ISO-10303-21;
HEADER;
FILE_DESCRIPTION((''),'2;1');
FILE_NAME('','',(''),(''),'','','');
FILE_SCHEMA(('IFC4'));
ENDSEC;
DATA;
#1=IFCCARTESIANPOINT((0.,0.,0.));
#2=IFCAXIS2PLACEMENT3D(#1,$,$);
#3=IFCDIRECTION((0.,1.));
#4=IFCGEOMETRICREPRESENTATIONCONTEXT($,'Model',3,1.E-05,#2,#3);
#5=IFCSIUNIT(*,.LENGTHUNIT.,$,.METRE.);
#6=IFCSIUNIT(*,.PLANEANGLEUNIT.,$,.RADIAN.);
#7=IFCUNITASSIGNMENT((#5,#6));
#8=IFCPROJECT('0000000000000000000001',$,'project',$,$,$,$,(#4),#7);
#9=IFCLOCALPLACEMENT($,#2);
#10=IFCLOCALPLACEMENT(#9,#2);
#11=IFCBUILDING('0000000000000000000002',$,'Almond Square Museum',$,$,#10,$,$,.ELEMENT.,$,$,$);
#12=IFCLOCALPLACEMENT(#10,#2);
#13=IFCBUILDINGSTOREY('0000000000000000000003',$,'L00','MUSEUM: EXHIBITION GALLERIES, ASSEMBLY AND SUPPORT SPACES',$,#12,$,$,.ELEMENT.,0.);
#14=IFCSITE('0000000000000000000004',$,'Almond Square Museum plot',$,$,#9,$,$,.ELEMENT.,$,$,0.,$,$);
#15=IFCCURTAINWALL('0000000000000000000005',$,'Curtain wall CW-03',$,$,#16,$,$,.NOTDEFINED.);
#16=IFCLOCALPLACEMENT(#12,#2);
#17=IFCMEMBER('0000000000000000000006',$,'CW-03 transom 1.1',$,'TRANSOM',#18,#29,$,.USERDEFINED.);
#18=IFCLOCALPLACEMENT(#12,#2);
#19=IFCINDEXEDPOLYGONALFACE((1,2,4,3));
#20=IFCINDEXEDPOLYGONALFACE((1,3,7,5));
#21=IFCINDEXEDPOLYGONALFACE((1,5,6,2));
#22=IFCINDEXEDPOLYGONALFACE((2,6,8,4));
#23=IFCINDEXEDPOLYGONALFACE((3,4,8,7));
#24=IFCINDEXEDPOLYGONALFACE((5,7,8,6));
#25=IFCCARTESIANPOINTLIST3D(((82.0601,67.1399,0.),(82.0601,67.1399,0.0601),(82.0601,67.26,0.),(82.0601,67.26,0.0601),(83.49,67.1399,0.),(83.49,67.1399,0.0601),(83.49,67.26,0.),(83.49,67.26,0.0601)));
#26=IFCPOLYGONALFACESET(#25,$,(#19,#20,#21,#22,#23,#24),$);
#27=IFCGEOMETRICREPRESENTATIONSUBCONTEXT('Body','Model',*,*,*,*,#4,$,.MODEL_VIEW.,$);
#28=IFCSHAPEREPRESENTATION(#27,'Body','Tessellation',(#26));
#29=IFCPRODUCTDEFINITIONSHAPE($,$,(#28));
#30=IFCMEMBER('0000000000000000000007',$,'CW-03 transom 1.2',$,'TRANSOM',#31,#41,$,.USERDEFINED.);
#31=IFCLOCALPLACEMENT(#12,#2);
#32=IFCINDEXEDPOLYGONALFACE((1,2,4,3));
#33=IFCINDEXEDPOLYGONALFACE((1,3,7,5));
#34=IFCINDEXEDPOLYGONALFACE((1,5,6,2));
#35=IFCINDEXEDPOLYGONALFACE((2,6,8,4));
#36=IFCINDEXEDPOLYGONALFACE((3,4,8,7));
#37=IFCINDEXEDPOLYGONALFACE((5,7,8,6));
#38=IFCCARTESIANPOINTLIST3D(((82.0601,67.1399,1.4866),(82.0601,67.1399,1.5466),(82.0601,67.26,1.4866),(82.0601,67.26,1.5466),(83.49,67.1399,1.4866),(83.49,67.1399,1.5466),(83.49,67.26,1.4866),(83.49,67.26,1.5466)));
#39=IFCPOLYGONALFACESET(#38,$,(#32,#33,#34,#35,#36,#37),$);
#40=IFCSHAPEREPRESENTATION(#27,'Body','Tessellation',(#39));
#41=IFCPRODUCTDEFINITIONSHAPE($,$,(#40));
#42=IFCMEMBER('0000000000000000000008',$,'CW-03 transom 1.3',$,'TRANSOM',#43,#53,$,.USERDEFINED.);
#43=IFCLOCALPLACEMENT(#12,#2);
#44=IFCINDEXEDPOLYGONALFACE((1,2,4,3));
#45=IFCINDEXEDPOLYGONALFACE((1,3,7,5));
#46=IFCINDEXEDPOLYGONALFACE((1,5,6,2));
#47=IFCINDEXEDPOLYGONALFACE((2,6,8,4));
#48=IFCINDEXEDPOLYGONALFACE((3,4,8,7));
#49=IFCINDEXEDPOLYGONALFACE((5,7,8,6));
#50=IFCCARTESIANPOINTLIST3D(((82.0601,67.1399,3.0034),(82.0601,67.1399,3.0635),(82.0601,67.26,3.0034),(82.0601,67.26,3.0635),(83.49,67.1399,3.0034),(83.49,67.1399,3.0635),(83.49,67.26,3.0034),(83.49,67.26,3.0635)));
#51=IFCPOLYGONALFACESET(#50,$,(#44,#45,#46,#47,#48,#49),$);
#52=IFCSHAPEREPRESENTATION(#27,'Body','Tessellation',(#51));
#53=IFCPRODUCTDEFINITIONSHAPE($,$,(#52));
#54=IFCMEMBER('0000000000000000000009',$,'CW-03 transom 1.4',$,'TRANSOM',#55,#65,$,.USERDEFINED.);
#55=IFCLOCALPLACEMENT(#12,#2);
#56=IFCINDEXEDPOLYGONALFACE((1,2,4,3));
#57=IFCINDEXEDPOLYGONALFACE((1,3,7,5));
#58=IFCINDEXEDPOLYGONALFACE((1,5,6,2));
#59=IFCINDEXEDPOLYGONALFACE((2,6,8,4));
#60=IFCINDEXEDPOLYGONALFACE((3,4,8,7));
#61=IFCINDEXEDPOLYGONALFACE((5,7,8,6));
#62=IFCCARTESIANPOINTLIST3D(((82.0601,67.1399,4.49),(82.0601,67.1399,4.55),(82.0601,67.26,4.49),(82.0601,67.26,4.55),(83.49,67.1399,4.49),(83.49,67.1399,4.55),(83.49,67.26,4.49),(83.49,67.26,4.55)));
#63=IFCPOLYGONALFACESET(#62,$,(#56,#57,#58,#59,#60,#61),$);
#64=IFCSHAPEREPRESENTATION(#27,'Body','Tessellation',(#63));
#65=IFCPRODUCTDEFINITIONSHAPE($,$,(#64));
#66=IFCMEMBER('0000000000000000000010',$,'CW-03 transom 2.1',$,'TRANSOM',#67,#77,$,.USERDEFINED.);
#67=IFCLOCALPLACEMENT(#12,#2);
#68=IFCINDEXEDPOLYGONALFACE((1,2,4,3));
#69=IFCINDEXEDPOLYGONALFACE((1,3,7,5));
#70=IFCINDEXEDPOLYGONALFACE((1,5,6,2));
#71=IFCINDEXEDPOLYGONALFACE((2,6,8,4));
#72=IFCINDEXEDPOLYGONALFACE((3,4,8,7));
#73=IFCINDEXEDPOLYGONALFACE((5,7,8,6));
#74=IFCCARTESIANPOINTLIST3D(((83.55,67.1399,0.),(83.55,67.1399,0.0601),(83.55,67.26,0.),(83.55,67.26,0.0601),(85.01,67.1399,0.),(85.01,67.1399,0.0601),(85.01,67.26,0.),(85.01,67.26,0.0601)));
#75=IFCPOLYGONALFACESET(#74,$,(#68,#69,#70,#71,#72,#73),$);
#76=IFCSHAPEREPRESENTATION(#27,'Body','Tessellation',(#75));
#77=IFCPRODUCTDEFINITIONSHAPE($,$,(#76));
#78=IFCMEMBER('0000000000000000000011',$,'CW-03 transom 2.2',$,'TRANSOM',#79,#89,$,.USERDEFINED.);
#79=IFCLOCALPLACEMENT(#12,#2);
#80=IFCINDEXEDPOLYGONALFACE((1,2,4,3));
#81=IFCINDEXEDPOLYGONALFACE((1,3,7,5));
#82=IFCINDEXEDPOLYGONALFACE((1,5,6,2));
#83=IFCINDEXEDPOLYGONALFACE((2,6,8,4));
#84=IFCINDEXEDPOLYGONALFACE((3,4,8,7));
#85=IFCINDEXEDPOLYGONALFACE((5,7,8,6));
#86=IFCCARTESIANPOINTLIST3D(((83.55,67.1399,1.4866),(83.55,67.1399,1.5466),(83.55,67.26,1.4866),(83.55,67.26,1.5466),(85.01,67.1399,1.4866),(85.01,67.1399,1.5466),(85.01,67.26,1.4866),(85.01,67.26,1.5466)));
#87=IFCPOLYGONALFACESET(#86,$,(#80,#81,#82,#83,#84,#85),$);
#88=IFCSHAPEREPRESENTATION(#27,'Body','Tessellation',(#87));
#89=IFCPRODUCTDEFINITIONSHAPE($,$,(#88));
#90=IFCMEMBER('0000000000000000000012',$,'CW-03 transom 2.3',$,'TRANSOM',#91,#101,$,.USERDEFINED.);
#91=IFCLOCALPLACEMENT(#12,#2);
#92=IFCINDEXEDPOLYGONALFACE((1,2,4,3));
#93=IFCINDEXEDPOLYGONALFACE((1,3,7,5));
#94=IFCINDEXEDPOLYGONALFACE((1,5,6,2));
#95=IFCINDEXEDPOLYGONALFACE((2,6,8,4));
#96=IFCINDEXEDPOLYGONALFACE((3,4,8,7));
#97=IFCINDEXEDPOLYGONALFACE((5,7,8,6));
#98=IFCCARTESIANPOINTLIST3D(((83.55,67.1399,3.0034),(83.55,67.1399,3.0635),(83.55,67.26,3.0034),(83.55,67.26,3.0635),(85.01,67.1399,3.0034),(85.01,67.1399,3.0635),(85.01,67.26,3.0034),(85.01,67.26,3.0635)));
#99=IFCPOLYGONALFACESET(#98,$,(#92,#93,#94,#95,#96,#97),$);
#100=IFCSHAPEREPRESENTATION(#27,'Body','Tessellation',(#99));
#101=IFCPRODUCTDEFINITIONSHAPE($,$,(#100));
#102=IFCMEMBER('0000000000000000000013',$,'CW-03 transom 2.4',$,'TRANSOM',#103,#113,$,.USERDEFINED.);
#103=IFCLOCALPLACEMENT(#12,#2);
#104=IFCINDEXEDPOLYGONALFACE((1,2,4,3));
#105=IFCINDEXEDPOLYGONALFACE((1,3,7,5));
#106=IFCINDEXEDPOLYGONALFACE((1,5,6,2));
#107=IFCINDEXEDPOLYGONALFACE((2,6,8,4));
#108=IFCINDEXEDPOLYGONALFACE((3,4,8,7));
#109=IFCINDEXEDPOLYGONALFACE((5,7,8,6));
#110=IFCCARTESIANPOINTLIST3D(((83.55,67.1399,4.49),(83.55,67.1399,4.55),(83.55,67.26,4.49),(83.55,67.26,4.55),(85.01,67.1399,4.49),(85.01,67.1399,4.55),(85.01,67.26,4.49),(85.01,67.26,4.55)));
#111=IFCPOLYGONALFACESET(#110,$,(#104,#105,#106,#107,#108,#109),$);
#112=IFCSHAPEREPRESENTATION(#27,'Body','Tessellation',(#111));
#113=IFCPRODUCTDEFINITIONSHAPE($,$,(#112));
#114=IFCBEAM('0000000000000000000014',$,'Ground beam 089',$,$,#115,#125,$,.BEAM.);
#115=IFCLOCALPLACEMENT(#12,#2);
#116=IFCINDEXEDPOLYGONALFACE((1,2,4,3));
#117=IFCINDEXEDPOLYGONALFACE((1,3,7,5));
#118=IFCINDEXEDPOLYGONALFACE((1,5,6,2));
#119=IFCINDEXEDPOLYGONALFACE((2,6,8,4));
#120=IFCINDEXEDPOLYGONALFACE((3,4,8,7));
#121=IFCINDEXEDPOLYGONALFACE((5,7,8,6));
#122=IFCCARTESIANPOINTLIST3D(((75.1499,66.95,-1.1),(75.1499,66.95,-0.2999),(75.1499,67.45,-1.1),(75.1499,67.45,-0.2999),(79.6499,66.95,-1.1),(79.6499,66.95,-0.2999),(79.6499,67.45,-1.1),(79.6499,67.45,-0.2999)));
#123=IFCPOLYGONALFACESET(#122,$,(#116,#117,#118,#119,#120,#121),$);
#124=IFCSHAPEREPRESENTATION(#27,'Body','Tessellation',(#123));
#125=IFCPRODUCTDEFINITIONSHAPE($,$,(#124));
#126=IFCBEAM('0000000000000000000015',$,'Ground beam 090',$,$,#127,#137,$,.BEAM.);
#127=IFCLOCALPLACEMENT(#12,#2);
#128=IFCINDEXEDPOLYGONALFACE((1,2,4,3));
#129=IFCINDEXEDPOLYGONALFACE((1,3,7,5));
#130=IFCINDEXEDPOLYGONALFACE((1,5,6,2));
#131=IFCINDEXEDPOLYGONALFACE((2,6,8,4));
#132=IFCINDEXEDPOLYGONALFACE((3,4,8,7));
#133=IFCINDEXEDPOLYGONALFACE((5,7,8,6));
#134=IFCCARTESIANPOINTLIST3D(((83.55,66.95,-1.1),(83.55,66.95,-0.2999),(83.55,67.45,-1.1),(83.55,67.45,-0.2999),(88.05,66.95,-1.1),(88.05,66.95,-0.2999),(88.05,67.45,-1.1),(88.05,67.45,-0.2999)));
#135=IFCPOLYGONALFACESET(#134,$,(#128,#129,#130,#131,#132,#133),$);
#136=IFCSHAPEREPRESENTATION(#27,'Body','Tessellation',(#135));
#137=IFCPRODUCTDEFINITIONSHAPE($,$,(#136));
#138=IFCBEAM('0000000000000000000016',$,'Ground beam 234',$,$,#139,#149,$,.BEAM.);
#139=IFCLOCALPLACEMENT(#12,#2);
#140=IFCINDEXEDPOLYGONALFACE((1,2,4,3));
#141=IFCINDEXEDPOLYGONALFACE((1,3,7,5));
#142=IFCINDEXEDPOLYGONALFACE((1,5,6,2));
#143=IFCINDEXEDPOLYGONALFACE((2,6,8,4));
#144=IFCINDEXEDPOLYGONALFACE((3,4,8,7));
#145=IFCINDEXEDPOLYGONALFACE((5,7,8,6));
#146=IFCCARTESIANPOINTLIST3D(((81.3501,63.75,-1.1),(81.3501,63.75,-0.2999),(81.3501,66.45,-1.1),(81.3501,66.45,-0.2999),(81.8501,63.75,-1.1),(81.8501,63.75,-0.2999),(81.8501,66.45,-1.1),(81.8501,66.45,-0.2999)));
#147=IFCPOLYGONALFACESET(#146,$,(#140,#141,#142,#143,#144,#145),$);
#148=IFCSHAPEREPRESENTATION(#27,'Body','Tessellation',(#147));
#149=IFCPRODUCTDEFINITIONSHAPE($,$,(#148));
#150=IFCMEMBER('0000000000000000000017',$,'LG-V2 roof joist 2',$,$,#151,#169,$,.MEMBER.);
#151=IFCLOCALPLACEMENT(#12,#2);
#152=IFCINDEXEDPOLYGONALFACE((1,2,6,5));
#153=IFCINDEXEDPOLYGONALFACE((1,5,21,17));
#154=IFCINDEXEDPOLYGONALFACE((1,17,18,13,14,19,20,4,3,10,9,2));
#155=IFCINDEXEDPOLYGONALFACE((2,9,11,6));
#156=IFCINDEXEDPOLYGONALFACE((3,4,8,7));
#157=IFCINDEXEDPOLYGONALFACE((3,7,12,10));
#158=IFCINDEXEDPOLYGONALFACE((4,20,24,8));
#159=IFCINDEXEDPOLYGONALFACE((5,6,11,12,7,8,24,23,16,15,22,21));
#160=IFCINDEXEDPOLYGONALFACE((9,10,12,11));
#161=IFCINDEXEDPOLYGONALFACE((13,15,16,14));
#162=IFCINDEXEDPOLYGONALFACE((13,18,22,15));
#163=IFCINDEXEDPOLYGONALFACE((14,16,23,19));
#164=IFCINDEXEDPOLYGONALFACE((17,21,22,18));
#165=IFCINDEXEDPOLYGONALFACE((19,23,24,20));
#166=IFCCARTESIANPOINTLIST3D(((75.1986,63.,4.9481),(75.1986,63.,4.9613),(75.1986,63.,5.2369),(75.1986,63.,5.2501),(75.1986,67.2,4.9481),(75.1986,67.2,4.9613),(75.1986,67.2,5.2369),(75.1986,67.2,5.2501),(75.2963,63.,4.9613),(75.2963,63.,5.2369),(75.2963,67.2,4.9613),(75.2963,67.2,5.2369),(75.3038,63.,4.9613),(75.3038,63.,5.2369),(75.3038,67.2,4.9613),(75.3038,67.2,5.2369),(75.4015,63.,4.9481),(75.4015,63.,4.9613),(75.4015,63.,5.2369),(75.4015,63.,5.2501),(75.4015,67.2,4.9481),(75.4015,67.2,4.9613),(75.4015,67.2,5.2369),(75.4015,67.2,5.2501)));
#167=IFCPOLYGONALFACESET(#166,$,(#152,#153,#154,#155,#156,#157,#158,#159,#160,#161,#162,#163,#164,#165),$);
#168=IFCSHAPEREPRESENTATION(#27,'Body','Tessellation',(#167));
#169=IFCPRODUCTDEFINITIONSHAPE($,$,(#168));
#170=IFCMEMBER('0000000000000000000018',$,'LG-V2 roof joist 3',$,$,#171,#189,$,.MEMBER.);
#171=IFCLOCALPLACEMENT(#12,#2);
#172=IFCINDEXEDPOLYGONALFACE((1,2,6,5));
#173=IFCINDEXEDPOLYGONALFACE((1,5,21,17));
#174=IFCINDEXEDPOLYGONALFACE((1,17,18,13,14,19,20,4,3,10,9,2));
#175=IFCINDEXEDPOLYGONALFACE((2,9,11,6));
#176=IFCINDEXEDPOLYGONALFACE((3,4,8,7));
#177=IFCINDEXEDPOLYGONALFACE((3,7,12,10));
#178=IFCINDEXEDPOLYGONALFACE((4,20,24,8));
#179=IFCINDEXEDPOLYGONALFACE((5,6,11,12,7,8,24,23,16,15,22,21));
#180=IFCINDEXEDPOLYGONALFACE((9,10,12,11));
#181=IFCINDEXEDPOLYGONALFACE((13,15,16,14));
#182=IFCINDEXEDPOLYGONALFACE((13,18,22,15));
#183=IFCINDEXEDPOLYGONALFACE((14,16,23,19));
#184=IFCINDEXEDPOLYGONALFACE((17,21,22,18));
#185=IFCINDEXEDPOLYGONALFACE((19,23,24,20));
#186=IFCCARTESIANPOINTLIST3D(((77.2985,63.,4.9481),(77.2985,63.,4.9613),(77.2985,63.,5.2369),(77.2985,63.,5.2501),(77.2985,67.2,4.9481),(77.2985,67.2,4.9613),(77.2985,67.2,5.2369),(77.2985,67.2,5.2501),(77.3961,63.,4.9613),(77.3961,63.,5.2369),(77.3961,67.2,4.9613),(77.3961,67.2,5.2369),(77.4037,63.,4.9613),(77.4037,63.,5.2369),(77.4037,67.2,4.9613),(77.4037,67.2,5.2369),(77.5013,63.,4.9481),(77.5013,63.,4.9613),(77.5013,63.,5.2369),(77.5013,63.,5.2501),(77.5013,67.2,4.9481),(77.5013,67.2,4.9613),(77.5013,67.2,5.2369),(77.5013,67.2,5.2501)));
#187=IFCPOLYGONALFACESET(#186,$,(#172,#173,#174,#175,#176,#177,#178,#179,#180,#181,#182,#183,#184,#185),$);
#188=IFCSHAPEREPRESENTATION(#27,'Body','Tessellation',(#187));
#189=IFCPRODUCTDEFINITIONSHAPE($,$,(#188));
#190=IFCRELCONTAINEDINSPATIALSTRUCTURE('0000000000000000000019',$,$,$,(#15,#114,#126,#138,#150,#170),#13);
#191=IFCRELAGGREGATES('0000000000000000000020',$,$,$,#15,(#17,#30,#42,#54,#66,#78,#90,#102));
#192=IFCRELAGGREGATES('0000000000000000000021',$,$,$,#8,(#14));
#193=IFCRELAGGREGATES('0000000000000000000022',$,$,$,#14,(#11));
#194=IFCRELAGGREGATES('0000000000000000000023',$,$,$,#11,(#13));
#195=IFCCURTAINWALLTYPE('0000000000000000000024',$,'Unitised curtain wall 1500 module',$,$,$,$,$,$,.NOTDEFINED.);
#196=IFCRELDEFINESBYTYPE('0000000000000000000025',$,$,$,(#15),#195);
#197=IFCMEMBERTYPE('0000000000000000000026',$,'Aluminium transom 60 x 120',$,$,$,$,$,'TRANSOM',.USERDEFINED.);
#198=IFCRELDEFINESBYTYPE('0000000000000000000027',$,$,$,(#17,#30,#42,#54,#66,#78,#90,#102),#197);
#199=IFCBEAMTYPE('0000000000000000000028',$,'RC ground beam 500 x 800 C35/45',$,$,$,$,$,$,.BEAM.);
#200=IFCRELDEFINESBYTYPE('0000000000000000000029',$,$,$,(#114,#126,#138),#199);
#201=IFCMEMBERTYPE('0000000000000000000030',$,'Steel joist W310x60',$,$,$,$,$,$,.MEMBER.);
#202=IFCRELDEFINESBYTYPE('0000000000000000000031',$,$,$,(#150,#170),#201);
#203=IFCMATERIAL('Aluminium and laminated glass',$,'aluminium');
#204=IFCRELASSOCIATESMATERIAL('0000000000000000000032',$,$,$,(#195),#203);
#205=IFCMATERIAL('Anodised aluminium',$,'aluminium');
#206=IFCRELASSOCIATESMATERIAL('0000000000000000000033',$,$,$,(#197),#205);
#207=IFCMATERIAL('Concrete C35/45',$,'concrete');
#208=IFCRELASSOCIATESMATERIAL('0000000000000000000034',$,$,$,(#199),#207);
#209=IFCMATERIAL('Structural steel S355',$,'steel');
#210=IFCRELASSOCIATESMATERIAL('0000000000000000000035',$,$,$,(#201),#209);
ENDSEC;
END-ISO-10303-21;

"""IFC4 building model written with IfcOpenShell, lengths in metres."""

from ifc_helpers import new_model, si_unit, direction, frame, origin, origin_2d, place, context, subcontext, project, spatial, rectangle, i_section, extrude, material, material_profile, profile_set, type_object, element, aggregate, save


model = new_model("IFC4")

# Units and contexts
model_context = context("Model", 3, precision=1e-05, world=origin(), true_north=direction((0.0, 1.0)))
body_context = subcontext(model_context, "Body", "Model", "MODEL_VIEW")
ifc_project = project(units=[si_unit("LENGTHUNIT", "METRE"), si_unit("PLANEANGLEUNIT", "RADIAN")], contexts=[model_context])

# Site, building, storey
site_placement = place(None, origin())
site = spatial("IfcSite", under=ifc_project, at=site_placement, Name="Almond Square Museum plot", CompositionType="ELEMENT", RefElevation=0.0)
building_placement = place(site_placement, origin())
building = spatial("IfcBuilding", under=site, at=building_placement, Name="Almond Square Museum", CompositionType="ELEMENT")
storey_placement = place(building_placement, origin())
storey = spatial("IfcBuildingStorey", under=building, at=storey_placement, Name="L00", Description="MUSEUM: EXHIBITION GALLERIES, ASSEMBLY AND SUPPORT SPACES", CompositionType="ELEMENT", Elevation=0.0)

# Curtain wall, members
ifc_material_1 = material(Name="Aluminium and laminated glass", Category="aluminium")
curtain_wall_type = type_object("IfcCurtainWallType", Name="Unitised curtain wall 1500 module", PredefinedType="NOTDEFINED", material=ifc_material_1)
curtain_wall_placement = place(storey_placement, origin())
curtain_wall = element("IfcCurtainWall", 1, at=curtain_wall_placement, inside=storey, type_object=curtain_wall_type, Name="Curtain wall CW-03", PredefinedType="NOTDEFINED")
ifc_material_2 = material(Name="Anodised aluminium", Category="aluminium")
ifc_material_profile_1 = material_profile(ifc_material_2, rectangle(XDim=0.1201, YDim=0.0601, at=origin_2d()))
ifc_profile_set_1 = profile_set([ifc_material_profile_1], Name="Anodised aluminium")
member_type_1 = type_object("IfcMemberType", Name="Aluminium transom 60 x 120", ElementType="TRANSOM", PredefinedType="USERDEFINED", material=ifc_profile_set_1)
member_1_placement = place(storey_placement, frame((82.0601, 67.2, 0.03), z_axis=(1.0, 0.0, 0.0), x_axis=(0.0, 1.0, 0.0)))
member_1 = element("IfcMember", 2, at=member_1_placement, type_object=member_type_1, Name="CW-03 transom 1.1", ObjectType="TRANSOM", PredefinedType="USERDEFINED", context=body_context, shape_type="SweptSolid", body=[
    extrude(rectangle(XDim=0.1201, YDim=0.0601, at=origin_2d()), origin(), (0.0, 0.0, 1.0), 1.4299),
])
member_2_placement = place(storey_placement, frame((82.0601, 67.2, 1.5166), z_axis=(1.0, 0.0, 0.0), x_axis=(0.0, 1.0, 0.0)))
member_2 = element("IfcMember", 3, at=member_2_placement, type_object=member_type_1, Name="CW-03 transom 1.2", ObjectType="TRANSOM", PredefinedType="USERDEFINED", context=body_context, shape_type="SweptSolid", body=[
    extrude(rectangle(XDim=0.1201, YDim=0.0601, at=origin_2d()), origin(), (0.0, 0.0, 1.0), 1.4299),
])
member_3_placement = place(storey_placement, frame((82.0601, 67.2, 3.0334), z_axis=(1.0, 0.0, 0.0), x_axis=(0.0, 1.0, 0.0)))
member_3 = element("IfcMember", 4, at=member_3_placement, type_object=member_type_1, Name="CW-03 transom 1.3", ObjectType="TRANSOM", PredefinedType="USERDEFINED", context=body_context, shape_type="SweptSolid", body=[
    extrude(rectangle(XDim=0.1201, YDim=0.0601, at=origin_2d()), origin(), (0.0, 0.0, 1.0), 1.4299),
])
member_4_placement = place(storey_placement, frame((82.0601, 67.2, 4.52), z_axis=(1.0, 0.0, 0.0), x_axis=(0.0, 1.0, 0.0)))
member_4 = element("IfcMember", 5, at=member_4_placement, type_object=member_type_1, Name="CW-03 transom 1.4", ObjectType="TRANSOM", PredefinedType="USERDEFINED", context=body_context, shape_type="SweptSolid", body=[
    extrude(rectangle(XDim=0.1201, YDim=0.0601, at=origin_2d()), origin(), (0.0, 0.0, 1.0), 1.4299),
])
member_5_placement = place(storey_placement, frame((83.55, 67.2, 0.03), z_axis=(1.0, 0.0, 0.0), x_axis=(0.0, 1.0, 0.0)))
member_5 = element("IfcMember", 6, at=member_5_placement, type_object=member_type_1, Name="CW-03 transom 2.1", ObjectType="TRANSOM", PredefinedType="USERDEFINED", context=body_context, shape_type="SweptSolid", body=[
    extrude(rectangle(XDim=0.1201, YDim=0.0601, at=origin_2d()), origin(), (0.0, 0.0, 1.0), 1.46),
])
member_6_placement = place(storey_placement, frame((83.55, 67.2, 1.5166), z_axis=(1.0, 0.0, 0.0), x_axis=(0.0, 1.0, 0.0)))
member_6 = element("IfcMember", 7, at=member_6_placement, type_object=member_type_1, Name="CW-03 transom 2.2", ObjectType="TRANSOM", PredefinedType="USERDEFINED", context=body_context, shape_type="SweptSolid", body=[
    extrude(rectangle(XDim=0.1201, YDim=0.0601, at=origin_2d()), origin(), (0.0, 0.0, 1.0), 1.46),
])
member_7_placement = place(storey_placement, frame((83.55, 67.2, 3.0334), z_axis=(1.0, 0.0, 0.0), x_axis=(0.0, 1.0, 0.0)))
member_7 = element("IfcMember", 8, at=member_7_placement, type_object=member_type_1, Name="CW-03 transom 2.3", ObjectType="TRANSOM", PredefinedType="USERDEFINED", context=body_context, shape_type="SweptSolid", body=[
    extrude(rectangle(XDim=0.1201, YDim=0.0601, at=origin_2d()), origin(), (0.0, 0.0, 1.0), 1.46),
])
member_8_placement = place(storey_placement, frame((83.55, 67.2, 4.52), z_axis=(1.0, 0.0, 0.0), x_axis=(0.0, 1.0, 0.0)))
member_8 = element("IfcMember", 9, at=member_8_placement, type_object=member_type_1, Name="CW-03 transom 2.4", ObjectType="TRANSOM", PredefinedType="USERDEFINED", context=body_context, shape_type="SweptSolid", body=[
    extrude(rectangle(XDim=0.1201, YDim=0.0601, at=origin_2d()), origin(), (0.0, 0.0, 1.0), 1.46),
])

# Beams
ifc_material_3 = material(Name="Concrete C35/45", Category="concrete")
ifc_material_profile_2 = material_profile(ifc_material_3, rectangle(XDim=0.5, YDim=0.8, at=origin_2d()))
ifc_profile_set_2 = profile_set([ifc_material_profile_2], Name="Concrete C35/45")
beam_type = type_object("IfcBeamType", Name="RC ground beam 500 x 800 C35/45", PredefinedType="BEAM", material=ifc_profile_set_2)
for number, where, z_axis, x_axis, name in (
    (10, (75.1499, 67.2, -0.7), (1.0, 0.0, 0.0), (0.0, 1.0, 0.0), "Ground beam 089"),
    (11, (83.55, 67.2, -0.7), (1.0, 0.0, 0.0), (0.0, 1.0, 0.0), "Ground beam 090"),
):
    element("IfcBeam", number, at=place(storey_placement, frame(where, z_axis=z_axis, x_axis=x_axis)), inside=storey, type_object=beam_type, Name=name, PredefinedType="BEAM", context=body_context, shape_type="SweptSolid", body=[
        extrude(rectangle(XDim=0.5, YDim=0.8, at=origin_2d()), origin(), (0.0, 0.0, 1.0), 4.5),
    ])
beam_placement = place(storey_placement, frame((81.6001, 63.75, -0.7), z_axis=(0.0, 1.0, 0.0), x_axis=(-1.0, 0.0, 0.0)))
element("IfcBeam", 12, at=beam_placement, inside=storey, type_object=beam_type, Name="Ground beam 234", PredefinedType="BEAM", context=body_context, shape_type="SweptSolid", body=[
    extrude(rectangle(XDim=0.5, YDim=0.8, at=origin_2d()), origin(), (0.0, 0.0, 1.0), 2.7),
])

# Members
ifc_material_4 = material(Name="Structural steel S355", Category="steel")
ifc_material_profile_3 = material_profile(ifc_material_4, i_section(OverallWidth=0.2029, OverallDepth=0.302, WebThickness=0.0076, FlangeThickness=0.0132, at=origin_2d()))
ifc_profile_set_3 = profile_set([ifc_material_profile_3], Name="Structural steel S355")
member_type_2 = type_object("IfcMemberType", Name="Steel joist W310x60", PredefinedType="MEMBER", material=ifc_profile_set_3)
for number, where, z_axis, x_axis, name in (
    (13, (75.3, 67.2, 5.0991), (0.0, -1.0, 0.0), (1.0, 0.0, 0.0), "LG-V2 roof joist 2"),
    (14, (77.3999, 67.2, 5.0991), (0.0, -1.0, 0.0), (1.0, 0.0, 0.0), "LG-V2 roof joist 3"),
):
    element("IfcMember", number, at=place(storey_placement, frame(where, z_axis=z_axis, x_axis=x_axis)), inside=storey, type_object=member_type_2, Name=name, PredefinedType="MEMBER", context=body_context, shape_type="SweptSolid", body=[
        extrude(i_section(OverallWidth=0.2029, OverallDepth=0.302, WebThickness=0.0076, FlangeThickness=0.0132, at=origin_2d()), origin(), (0.0, 0.0, 1.0), 4.2),
    ])

aggregate(curtain_wall, [member_1, member_2, member_3, member_4, member_5, member_6, member_7, member_8])

save(model, "model.ifc")
